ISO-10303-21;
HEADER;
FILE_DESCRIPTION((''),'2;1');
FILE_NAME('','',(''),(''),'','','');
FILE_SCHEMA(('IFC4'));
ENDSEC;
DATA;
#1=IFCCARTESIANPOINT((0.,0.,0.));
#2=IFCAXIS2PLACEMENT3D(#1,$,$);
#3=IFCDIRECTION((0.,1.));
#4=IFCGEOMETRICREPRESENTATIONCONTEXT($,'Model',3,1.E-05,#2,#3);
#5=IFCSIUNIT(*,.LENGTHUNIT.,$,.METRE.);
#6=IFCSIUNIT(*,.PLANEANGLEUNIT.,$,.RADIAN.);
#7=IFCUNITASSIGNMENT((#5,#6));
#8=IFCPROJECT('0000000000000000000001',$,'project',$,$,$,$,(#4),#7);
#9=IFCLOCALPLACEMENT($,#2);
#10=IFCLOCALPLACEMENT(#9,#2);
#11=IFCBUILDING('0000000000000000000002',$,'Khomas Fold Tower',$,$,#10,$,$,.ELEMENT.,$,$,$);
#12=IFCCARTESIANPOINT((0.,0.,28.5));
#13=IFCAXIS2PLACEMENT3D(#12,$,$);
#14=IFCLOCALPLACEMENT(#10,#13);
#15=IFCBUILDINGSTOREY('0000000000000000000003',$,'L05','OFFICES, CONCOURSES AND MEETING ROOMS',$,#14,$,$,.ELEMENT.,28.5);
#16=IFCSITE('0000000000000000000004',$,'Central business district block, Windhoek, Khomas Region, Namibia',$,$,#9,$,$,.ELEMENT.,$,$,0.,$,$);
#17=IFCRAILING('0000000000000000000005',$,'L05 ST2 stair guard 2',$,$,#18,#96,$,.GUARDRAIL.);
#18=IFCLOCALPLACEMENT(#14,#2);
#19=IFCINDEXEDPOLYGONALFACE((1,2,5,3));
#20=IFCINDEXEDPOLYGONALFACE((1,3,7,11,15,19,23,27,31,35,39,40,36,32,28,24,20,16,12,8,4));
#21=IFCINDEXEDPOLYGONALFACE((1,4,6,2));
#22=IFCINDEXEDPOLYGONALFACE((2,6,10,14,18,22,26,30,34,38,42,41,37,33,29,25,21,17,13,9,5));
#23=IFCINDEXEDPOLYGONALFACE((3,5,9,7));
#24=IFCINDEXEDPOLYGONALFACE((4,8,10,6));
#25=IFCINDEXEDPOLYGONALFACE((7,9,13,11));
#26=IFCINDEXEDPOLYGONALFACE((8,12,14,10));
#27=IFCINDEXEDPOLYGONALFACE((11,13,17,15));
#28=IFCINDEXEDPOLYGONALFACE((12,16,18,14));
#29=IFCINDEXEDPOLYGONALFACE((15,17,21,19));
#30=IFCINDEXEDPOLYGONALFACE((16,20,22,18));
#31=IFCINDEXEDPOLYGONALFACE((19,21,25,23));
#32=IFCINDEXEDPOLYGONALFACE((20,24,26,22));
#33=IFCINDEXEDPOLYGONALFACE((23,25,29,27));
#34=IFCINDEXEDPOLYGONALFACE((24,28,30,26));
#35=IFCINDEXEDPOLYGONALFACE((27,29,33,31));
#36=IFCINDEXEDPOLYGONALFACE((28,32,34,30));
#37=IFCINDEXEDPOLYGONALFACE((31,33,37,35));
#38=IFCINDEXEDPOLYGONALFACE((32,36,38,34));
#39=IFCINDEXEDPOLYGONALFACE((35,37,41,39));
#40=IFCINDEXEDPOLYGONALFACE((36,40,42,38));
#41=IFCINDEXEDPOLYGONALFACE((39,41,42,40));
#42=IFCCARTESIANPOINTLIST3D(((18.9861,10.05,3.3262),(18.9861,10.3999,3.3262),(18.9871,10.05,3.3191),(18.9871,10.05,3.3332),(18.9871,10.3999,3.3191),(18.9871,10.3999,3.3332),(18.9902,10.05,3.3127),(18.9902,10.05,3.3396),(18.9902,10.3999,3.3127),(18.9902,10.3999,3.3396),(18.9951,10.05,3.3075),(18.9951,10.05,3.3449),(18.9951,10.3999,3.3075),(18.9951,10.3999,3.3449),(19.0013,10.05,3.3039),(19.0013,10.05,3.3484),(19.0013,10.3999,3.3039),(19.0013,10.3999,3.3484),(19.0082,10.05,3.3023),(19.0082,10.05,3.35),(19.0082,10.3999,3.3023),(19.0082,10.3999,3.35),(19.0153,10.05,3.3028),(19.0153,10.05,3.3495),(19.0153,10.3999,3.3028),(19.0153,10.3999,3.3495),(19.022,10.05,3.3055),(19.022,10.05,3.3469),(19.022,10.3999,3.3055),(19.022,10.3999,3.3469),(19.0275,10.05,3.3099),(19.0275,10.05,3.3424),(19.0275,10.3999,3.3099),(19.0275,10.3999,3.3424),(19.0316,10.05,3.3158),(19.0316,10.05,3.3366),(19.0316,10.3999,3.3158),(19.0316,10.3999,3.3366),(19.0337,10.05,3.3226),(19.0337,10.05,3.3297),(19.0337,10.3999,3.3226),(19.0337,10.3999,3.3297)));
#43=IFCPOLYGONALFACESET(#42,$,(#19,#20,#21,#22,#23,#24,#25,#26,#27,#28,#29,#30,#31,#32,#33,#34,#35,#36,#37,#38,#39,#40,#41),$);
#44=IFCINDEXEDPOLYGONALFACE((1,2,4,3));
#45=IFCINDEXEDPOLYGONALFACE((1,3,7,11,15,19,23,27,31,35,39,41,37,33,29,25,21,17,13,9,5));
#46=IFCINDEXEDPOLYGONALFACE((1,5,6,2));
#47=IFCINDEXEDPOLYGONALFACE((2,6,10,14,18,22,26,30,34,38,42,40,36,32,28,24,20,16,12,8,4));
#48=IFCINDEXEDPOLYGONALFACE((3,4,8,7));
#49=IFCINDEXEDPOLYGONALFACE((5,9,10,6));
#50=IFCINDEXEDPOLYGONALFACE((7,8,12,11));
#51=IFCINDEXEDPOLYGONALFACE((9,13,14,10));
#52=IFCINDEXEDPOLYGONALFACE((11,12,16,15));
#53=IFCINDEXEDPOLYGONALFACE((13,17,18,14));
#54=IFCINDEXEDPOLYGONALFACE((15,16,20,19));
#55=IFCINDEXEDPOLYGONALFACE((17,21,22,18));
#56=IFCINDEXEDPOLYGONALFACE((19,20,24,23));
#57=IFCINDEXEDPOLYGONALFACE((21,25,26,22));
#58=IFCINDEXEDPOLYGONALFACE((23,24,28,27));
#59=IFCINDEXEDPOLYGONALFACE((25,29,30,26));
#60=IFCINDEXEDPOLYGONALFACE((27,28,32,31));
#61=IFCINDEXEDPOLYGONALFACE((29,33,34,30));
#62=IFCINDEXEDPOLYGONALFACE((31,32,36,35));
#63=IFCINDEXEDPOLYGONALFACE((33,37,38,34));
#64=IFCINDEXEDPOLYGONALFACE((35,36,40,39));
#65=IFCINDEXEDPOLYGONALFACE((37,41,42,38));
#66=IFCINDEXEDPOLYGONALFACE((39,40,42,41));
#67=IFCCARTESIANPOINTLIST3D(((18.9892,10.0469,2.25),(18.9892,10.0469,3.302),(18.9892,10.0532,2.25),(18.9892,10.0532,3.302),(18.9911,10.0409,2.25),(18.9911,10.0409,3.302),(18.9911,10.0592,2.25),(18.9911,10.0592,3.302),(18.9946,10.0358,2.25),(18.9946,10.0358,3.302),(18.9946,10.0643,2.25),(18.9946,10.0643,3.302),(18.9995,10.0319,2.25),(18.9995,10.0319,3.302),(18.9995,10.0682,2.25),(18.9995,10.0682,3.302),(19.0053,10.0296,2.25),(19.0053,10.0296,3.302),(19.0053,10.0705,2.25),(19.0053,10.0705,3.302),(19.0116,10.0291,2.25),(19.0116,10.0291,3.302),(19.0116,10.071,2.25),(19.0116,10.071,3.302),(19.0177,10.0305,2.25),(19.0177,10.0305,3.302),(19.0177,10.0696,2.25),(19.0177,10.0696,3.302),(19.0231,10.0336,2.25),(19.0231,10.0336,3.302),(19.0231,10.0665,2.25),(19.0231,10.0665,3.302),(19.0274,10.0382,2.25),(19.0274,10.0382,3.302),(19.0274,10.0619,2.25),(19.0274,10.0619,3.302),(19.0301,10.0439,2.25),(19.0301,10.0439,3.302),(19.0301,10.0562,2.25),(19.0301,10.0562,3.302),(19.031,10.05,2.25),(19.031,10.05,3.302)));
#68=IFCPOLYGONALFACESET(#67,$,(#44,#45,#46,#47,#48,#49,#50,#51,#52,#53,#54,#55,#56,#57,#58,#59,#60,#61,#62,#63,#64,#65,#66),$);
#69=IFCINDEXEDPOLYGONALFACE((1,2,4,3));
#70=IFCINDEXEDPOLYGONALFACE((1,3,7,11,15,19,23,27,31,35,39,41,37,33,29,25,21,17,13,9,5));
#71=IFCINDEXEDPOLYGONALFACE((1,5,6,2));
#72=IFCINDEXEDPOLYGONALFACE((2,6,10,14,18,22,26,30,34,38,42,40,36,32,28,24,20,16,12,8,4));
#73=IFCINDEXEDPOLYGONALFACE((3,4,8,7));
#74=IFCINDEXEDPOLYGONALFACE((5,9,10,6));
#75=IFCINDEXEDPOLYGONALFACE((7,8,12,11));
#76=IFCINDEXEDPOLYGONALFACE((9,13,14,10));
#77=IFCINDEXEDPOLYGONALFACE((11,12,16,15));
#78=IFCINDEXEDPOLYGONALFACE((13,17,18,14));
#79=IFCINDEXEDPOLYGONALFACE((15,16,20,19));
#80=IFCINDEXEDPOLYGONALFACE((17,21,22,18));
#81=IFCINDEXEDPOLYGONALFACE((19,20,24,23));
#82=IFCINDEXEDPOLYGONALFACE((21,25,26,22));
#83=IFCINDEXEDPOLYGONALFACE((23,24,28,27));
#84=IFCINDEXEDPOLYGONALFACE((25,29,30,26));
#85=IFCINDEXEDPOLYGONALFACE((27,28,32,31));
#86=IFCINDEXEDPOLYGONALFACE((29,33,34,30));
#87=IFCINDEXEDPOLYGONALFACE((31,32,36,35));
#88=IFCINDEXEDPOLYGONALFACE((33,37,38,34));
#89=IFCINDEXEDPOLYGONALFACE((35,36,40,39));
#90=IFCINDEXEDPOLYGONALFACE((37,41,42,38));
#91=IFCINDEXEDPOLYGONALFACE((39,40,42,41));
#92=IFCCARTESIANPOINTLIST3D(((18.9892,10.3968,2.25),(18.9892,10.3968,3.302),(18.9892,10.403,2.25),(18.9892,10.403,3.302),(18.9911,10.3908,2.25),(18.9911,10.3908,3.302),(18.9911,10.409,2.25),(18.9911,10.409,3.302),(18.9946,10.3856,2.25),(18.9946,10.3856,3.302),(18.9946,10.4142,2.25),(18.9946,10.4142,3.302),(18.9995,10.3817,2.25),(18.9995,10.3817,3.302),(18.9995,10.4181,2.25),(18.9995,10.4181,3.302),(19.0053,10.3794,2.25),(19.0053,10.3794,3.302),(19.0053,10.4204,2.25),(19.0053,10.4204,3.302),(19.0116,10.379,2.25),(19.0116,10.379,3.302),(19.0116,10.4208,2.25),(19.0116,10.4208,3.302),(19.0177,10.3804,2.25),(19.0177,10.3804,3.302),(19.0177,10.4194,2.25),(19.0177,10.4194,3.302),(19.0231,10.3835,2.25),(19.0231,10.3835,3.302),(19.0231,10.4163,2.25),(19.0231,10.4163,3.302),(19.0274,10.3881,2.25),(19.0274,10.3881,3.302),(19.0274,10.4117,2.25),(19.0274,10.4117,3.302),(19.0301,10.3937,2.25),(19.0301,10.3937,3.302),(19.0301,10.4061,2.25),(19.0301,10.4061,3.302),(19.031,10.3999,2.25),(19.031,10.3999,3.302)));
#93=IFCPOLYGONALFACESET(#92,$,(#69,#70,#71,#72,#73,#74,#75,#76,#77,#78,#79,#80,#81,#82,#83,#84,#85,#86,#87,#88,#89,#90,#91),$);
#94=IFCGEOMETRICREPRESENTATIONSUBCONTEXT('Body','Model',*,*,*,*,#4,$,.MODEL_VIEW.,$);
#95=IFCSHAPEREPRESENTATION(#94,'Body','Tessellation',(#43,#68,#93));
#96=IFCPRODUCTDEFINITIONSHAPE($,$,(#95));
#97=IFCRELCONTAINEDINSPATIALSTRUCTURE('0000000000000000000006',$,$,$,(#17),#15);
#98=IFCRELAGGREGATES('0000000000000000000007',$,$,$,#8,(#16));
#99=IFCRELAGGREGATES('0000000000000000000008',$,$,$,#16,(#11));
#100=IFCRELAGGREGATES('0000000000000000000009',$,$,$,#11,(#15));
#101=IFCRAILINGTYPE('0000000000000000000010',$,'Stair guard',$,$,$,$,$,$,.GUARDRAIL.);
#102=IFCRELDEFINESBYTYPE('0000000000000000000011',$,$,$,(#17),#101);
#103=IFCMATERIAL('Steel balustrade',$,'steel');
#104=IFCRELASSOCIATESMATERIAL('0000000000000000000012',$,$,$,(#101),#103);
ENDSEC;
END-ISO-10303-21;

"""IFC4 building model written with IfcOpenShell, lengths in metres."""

from ifc_helpers import new_model, si_unit, direction, frame, origin, origin_2d, place, context, subcontext, project, spatial, circle, extrude, source, transform, mapped, material, type_object, element, save


model = new_model("IFC4")

# Units and contexts
model_context = context("Model", 3, precision=1e-05, world=origin(), true_north=direction((0.0, 1.0)))
body_context = subcontext(model_context, "Body", "Model", "MODEL_VIEW")
ifc_project = project(units=[si_unit("LENGTHUNIT", "METRE"), si_unit("PLANEANGLEUNIT", "RADIAN")], contexts=[model_context])

# Site, building, storey
site_placement = place(None, origin())
site = spatial("IfcSite", under=ifc_project, at=site_placement, Name="Central business district block, Windhoek, Khomas Region, Namibia", CompositionType="ELEMENT", RefElevation=0.0)
building_placement = place(site_placement, origin())
building = spatial("IfcBuilding", under=site, at=building_placement, Name="Khomas Fold Tower", CompositionType="ELEMENT")
storey_placement = place(building_placement, frame((0.0, 0.0, 28.5)))
storey = spatial("IfcBuildingStorey", under=building, at=storey_placement, Name="L05", Description="OFFICES, CONCOURSES AND MEETING ROOMS", CompositionType="ELEMENT", Elevation=28.5)

# Railing
ifc_material_1 = material(Name="Steel balustrade", Category="steel")
railing_type = type_object("IfcRailingType", Name="Stair guard", PredefinedType="GUARDRAIL", material=ifc_material_1)
shared_shape_1 = source(origin(), body_context, "Body", "SweptSolid", [
    extrude(circle(Radius=0.0239, at=origin_2d()), frame((0.0, 0.0, 1.0762), z_axis=(0.0, 1.0, 0.0), x_axis=(-1.0, 0.0, 0.0)), (0.0, 0.0, 1.0), 0.3499),
    extrude(circle(Radius=0.021, at=origin_2d()), origin(), (0.0, 0.0, 1.0), 1.052),
    extrude(circle(Radius=0.021, at=origin_2d()), frame((0.0, 0.3499, 0.0)), (0.0, 0.0, 1.0), 1.052),
])
railing_1_placement = place(storey_placement, frame((19.01, 10.05, 2.25)))
element("IfcRailing", 1, at=railing_1_placement, inside=storey, type_object=railing_type, Name="L05 ST2 stair guard 2", PredefinedType="GUARDRAIL", context=body_context, shape_type="MappedRepresentation", body=[
    mapped(shared_shape_1, transform((0.0, 0.0, 0.0))),
])

save(model, "model.ifc")
